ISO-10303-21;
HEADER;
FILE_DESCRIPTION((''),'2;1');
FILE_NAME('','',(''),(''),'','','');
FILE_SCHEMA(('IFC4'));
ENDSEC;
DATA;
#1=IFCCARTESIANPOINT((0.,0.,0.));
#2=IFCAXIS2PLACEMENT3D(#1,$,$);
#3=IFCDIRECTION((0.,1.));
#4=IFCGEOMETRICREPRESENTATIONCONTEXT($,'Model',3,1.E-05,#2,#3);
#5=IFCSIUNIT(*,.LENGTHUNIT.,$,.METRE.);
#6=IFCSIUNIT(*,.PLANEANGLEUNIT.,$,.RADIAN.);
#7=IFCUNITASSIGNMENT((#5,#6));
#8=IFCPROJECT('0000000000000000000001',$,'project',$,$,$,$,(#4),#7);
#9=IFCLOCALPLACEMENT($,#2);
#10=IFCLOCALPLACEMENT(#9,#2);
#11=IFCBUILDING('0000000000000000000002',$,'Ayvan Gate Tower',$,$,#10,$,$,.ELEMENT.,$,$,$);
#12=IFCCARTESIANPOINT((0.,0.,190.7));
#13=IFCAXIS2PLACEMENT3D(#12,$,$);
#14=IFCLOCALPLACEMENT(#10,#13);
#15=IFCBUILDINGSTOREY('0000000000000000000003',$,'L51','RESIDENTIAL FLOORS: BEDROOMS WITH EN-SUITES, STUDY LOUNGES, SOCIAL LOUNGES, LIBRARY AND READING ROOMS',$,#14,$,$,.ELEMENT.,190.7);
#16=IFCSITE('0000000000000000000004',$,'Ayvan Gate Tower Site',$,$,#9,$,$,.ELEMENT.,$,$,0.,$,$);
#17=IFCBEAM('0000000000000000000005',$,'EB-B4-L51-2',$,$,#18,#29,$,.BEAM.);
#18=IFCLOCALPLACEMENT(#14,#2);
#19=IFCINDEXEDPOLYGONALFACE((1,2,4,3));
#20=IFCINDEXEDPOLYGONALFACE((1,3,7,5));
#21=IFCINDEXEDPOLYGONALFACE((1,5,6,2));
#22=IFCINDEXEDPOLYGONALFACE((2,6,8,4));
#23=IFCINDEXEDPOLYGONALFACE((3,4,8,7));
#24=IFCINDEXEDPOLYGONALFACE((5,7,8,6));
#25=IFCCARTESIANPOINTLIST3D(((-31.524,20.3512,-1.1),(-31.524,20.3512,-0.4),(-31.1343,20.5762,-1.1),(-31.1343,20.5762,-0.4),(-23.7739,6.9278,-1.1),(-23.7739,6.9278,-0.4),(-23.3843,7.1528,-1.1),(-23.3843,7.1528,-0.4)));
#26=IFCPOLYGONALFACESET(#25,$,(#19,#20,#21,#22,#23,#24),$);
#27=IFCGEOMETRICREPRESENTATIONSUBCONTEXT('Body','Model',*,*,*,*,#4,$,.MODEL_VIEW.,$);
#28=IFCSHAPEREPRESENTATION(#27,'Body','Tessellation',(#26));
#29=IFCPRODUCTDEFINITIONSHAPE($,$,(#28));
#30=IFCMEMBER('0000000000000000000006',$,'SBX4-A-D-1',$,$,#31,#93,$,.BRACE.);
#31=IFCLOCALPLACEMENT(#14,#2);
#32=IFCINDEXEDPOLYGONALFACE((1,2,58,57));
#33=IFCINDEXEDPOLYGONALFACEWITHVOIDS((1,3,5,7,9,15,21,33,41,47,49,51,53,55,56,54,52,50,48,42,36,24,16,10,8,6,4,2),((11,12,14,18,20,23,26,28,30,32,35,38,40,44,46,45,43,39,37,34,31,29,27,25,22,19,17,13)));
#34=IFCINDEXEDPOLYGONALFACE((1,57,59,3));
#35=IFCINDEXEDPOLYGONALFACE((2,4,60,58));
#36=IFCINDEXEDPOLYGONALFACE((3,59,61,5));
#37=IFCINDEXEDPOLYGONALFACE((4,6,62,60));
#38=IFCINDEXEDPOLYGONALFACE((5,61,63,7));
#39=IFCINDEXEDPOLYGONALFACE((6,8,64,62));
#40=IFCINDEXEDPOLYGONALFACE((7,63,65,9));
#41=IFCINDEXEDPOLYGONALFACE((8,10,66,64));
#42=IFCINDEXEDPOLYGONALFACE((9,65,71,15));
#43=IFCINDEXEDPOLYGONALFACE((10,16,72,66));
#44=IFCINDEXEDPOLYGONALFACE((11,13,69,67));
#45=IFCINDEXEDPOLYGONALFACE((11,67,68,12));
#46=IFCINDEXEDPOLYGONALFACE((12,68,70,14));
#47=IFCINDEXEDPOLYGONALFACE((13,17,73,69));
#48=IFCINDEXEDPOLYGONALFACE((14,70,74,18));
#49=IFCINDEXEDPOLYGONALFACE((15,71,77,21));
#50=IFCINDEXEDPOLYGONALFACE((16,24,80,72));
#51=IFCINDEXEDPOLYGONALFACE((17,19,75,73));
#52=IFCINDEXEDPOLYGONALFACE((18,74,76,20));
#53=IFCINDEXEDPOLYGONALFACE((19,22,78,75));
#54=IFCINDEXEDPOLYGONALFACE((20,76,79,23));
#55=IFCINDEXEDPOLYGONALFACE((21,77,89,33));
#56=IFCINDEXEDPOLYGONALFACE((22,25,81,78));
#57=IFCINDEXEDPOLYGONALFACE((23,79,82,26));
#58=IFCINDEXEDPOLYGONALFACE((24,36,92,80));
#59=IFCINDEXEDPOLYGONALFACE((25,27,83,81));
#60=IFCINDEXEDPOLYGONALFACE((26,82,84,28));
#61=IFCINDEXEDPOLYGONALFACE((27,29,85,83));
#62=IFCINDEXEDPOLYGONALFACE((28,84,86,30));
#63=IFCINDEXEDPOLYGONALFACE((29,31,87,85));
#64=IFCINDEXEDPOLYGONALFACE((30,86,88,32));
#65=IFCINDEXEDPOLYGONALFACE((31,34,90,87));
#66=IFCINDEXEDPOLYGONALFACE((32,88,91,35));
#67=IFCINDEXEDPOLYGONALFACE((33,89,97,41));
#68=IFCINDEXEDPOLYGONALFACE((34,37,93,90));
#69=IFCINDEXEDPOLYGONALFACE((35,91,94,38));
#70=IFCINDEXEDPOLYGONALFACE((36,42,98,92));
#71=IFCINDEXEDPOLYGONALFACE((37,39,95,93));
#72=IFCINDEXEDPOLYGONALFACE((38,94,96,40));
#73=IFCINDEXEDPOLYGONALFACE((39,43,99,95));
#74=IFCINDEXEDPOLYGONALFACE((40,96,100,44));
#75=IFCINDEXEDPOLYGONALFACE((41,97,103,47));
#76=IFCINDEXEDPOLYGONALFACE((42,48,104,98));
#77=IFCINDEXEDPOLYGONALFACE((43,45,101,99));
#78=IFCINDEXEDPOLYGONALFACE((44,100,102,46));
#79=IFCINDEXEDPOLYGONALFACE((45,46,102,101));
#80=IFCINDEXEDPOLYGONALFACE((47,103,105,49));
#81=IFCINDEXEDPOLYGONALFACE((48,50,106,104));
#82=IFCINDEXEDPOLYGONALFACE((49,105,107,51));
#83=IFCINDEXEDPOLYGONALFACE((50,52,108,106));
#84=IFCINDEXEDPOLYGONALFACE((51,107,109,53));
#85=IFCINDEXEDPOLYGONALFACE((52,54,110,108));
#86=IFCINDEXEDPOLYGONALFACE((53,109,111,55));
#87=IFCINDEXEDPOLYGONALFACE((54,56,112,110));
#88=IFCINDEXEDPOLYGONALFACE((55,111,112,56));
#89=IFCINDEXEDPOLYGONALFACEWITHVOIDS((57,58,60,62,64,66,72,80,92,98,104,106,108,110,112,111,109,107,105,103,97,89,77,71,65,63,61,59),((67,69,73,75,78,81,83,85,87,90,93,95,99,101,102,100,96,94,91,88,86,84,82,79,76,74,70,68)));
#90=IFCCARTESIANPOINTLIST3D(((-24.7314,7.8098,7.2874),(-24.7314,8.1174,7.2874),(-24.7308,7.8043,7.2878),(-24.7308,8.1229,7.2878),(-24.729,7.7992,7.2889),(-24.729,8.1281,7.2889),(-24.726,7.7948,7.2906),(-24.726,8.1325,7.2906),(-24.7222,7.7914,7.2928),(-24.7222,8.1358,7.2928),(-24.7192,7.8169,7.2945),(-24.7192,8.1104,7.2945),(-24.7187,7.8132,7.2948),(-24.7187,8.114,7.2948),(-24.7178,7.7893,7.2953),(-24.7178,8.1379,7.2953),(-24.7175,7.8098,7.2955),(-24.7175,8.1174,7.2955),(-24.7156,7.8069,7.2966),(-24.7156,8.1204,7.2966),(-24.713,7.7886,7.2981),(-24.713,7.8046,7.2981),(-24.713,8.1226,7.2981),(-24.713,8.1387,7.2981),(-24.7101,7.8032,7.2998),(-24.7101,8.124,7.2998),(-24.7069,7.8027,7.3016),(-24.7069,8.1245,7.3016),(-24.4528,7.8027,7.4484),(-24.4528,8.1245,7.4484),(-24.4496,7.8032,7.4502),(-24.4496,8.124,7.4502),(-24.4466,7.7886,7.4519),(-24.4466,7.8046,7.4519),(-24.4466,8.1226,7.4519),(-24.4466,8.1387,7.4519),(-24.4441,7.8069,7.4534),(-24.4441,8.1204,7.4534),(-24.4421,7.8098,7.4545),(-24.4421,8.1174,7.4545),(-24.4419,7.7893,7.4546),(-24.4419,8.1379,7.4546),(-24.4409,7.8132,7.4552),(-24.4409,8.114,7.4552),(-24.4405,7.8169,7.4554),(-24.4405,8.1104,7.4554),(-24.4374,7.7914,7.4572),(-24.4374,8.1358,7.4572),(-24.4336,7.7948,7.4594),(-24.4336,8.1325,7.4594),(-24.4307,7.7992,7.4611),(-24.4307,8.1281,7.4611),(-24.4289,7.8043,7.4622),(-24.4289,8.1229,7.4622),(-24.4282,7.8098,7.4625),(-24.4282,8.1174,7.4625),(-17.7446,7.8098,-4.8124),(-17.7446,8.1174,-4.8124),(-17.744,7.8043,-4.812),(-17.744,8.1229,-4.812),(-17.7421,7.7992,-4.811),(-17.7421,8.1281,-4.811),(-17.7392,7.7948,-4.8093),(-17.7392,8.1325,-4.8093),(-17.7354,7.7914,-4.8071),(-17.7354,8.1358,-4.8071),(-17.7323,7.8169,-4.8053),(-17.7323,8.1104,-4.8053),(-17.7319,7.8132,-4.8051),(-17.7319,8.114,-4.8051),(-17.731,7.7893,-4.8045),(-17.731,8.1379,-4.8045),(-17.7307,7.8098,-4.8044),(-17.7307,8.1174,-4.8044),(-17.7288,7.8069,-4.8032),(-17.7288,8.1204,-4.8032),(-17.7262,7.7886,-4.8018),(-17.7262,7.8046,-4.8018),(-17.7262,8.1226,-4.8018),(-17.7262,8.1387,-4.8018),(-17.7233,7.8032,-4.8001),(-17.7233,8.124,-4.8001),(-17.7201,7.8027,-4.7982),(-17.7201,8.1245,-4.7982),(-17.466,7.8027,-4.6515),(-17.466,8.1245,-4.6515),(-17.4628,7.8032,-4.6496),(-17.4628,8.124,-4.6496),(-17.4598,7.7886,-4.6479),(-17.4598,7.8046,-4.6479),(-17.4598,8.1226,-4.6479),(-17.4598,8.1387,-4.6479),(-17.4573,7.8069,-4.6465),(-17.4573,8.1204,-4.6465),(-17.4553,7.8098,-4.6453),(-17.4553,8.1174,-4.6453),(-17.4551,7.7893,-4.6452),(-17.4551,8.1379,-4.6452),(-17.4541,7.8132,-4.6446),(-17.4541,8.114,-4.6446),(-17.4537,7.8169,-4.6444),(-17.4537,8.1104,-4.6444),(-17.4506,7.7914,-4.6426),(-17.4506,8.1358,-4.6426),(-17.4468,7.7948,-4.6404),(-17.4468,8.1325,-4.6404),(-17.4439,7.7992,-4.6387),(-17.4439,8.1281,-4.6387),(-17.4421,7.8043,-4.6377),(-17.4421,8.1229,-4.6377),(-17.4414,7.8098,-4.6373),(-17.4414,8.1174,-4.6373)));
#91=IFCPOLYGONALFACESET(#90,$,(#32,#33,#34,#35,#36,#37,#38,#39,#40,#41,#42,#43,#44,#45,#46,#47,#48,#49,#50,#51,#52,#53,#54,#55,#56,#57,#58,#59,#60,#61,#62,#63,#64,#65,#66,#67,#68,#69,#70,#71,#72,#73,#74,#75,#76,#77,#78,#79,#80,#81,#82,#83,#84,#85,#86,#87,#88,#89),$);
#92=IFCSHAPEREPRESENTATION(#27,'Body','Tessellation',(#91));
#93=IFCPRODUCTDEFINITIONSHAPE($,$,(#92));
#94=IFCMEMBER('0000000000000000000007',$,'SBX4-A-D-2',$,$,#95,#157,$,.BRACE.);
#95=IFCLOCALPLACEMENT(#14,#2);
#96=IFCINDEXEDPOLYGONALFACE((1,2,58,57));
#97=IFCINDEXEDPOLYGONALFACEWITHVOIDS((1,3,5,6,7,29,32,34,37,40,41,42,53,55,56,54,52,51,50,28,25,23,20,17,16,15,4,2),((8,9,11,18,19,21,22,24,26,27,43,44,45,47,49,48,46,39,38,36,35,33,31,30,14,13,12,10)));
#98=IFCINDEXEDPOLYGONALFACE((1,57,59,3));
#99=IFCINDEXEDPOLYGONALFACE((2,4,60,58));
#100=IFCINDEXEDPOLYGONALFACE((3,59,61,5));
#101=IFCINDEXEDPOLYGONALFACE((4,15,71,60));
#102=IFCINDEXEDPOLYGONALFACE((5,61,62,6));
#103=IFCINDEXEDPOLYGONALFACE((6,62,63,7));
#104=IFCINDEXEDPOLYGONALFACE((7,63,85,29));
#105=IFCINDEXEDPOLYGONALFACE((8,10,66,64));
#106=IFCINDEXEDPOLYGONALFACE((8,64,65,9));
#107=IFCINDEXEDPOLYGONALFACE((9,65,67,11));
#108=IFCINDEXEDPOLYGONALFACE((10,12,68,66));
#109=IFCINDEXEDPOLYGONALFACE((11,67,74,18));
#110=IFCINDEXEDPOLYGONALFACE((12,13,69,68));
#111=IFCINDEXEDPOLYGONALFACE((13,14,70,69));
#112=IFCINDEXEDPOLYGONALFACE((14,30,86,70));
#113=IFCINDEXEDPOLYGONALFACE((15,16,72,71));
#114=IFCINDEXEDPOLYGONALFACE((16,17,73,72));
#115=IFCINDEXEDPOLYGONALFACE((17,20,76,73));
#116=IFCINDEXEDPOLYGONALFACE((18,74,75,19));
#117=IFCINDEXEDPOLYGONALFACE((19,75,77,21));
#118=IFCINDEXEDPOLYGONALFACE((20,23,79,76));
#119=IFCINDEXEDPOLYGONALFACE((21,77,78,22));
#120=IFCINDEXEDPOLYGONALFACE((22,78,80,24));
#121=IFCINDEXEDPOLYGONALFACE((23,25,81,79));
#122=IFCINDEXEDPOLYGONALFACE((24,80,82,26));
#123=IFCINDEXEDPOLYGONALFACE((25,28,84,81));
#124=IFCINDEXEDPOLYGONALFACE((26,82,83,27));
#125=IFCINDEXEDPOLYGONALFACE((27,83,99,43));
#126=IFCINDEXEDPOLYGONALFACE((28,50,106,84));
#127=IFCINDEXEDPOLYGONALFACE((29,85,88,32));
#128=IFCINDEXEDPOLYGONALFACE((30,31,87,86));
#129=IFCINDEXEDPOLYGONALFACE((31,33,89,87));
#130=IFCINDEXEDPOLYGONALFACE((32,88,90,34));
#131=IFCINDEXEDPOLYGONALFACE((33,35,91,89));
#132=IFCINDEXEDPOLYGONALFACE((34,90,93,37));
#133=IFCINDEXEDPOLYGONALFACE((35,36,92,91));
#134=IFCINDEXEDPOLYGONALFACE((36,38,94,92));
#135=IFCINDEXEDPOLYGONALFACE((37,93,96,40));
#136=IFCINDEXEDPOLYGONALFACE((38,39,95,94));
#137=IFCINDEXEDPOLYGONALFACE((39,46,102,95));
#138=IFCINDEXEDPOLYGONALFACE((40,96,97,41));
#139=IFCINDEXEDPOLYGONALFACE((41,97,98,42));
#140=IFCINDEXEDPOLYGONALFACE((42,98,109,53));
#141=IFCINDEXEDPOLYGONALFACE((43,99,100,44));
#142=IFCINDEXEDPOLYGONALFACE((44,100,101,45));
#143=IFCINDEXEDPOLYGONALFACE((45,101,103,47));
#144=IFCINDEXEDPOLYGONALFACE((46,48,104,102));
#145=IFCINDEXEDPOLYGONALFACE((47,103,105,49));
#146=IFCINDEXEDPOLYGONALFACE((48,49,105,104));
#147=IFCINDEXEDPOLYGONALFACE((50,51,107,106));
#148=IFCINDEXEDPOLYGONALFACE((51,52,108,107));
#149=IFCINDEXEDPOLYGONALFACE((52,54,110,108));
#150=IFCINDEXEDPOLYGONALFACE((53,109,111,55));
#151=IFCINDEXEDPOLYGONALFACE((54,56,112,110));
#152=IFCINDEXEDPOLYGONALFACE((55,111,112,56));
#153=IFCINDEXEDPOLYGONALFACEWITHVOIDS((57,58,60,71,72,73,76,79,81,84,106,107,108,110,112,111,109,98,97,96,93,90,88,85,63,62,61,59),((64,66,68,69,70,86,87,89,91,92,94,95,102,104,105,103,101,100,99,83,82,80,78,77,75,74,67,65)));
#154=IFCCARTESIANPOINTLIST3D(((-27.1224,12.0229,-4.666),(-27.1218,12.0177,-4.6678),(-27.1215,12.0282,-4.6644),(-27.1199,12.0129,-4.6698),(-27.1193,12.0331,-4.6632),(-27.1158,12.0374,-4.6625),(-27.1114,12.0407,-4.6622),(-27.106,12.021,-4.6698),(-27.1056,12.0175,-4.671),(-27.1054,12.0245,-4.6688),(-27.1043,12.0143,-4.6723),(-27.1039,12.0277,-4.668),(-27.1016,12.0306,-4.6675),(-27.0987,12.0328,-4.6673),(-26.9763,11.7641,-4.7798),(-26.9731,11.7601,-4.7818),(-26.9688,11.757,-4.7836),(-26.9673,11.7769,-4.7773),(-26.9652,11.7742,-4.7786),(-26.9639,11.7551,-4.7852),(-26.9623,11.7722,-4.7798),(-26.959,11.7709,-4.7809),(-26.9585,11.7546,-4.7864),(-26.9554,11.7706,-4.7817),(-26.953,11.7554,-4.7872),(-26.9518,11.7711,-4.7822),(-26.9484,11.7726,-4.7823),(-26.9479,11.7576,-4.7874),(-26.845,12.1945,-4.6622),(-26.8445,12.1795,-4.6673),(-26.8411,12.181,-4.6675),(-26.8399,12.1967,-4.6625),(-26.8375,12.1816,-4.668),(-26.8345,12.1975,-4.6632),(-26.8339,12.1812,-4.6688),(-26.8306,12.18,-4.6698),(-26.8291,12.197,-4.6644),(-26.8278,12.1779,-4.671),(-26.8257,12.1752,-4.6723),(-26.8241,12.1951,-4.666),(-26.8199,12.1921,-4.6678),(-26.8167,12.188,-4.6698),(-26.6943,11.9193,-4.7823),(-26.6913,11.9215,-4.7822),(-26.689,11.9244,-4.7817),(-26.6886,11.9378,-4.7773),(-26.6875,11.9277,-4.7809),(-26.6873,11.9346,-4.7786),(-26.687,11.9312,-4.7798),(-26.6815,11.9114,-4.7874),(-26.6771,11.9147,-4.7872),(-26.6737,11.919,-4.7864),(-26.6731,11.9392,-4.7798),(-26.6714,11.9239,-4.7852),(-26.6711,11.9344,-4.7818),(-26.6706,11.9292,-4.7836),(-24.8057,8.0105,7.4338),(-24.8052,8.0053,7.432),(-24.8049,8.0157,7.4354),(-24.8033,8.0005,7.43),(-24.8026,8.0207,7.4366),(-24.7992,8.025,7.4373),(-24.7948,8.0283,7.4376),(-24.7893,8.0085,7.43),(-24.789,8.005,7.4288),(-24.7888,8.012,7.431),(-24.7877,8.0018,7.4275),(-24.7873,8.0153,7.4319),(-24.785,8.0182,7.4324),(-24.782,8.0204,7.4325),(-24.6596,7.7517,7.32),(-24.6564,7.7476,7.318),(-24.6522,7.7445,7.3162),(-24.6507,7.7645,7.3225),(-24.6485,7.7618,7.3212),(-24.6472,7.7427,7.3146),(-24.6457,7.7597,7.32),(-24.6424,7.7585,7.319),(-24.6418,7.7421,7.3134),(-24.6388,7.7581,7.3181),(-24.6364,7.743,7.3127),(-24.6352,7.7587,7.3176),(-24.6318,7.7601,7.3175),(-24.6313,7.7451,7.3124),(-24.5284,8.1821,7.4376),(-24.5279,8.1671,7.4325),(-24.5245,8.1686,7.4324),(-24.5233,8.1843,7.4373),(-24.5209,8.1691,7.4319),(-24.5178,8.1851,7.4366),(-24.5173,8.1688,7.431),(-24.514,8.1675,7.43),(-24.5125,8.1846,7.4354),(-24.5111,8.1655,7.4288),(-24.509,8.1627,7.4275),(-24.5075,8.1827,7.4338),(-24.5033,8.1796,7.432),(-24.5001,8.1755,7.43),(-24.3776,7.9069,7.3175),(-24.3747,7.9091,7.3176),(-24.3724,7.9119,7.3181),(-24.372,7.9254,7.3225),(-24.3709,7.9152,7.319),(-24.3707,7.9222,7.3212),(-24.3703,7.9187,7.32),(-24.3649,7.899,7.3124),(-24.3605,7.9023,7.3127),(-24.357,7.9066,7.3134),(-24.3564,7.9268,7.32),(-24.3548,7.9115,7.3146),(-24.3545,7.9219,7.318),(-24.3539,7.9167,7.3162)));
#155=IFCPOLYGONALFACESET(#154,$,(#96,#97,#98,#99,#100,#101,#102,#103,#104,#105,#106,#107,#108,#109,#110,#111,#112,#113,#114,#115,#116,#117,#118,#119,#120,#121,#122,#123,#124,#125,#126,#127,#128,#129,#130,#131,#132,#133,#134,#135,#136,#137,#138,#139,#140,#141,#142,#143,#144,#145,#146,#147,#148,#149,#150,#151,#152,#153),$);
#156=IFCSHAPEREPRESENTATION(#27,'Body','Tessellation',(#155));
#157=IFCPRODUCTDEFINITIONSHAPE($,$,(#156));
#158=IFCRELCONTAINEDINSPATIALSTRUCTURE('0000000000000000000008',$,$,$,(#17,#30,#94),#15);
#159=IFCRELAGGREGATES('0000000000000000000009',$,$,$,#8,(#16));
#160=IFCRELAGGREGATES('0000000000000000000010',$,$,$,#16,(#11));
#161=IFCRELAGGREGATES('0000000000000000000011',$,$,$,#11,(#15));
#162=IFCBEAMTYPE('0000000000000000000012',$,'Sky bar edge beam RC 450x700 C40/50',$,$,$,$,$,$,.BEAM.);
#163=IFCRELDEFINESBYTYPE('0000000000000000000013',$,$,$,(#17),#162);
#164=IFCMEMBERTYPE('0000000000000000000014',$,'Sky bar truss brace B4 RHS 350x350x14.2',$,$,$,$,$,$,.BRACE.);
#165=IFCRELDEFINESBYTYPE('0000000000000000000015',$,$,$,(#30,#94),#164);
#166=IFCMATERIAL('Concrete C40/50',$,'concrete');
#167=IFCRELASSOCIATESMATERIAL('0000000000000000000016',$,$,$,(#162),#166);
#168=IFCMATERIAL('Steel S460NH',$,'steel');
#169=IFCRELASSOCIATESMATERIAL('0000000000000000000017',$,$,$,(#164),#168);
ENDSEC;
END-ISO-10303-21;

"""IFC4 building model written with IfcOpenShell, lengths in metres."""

from ifc_helpers import new_model, si_unit, direction, frame, origin, origin_2d, place, context, subcontext, project, spatial, rectangle, hollow_rectangle, extrude, material, material_profile, profile_set, type_object, element, save


model = new_model("IFC4")

# Units and contexts
model_context = context("Model", 3, precision=1e-05, world=origin(), true_north=direction((0.0, 1.0)))
body_context = subcontext(model_context, "Body", "Model", "MODEL_VIEW")
ifc_project = project(units=[si_unit("LENGTHUNIT", "METRE"), si_unit("PLANEANGLEUNIT", "RADIAN")], contexts=[model_context])

# Site, building, storey
site_placement = place(None, origin())
site = spatial("IfcSite", under=ifc_project, at=site_placement, Name="Ayvan Gate Tower Site", CompositionType="ELEMENT", RefElevation=0.0)
building_placement = place(site_placement, origin())
building = spatial("IfcBuilding", under=site, at=building_placement, Name="Ayvan Gate Tower", CompositionType="ELEMENT")
storey_placement = place(building_placement, frame((0.0, 0.0, 190.7)))
storey = spatial("IfcBuildingStorey", under=building, at=storey_placement, Name="L51", Description="RESIDENTIAL FLOORS: BEDROOMS WITH EN-SUITES, STUDY LOUNGES, SOCIAL LOUNGES, LIBRARY AND READING ROOMS", CompositionType="ELEMENT", Elevation=190.7)

# Beam
ifc_material_1 = material(Name="Concrete C40/50", Category="concrete")
ifc_material_profile_1 = material_profile(ifc_material_1, rectangle(XDim=0.45, YDim=0.7, at=origin_2d()), Name="RC 450x700")
ifc_profile_set_1 = profile_set([ifc_material_profile_1], Name="Concrete C40/50")
beam_type_1 = type_object("IfcBeamType", Name="Sky bar edge beam RC 450x700 C40/50", PredefinedType="BEAM", material=ifc_profile_set_1)
beam_1_placement = place(storey_placement, frame((-23.5791, 7.0403, -0.75), z_axis=(-0.500002, 0.866025, 0.0), x_axis=(-0.866025, -0.500002, 0.0)))
element("IfcBeam", 1, at=beam_1_placement, inside=storey, type_object=beam_type_1, Name="EB-B4-L51-2", PredefinedType="BEAM", context=body_context, shape_type="SweptSolid", body=[
    extrude(rectangle(XDim=0.45, YDim=0.7, at=origin_2d()), origin(), (0.0, 0.0, 1.0), 15.5),
])

# Members
ifc_material_2 = material(Name="Steel S460NH", Category="steel")
ifc_material_profile_2 = material_profile(ifc_material_2, hollow_rectangle(XDim=0.3501, YDim=0.3501, WallThickness=0.0142, InnerFilletRadius=0.0142, OuterFilletRadius=0.0212, at=origin_2d()), Name="RHS 350x350x14.2")
ifc_profile_set_2 = profile_set([ifc_material_profile_2], Name="Steel S460NH")
member_type_1 = type_object("IfcMemberType", Name="Sky bar truss brace B4 RHS 350x350x14.2", PredefinedType="BRACE", material=ifc_profile_set_2)
member_1_placement = place(storey_placement, frame((-17.593, 7.9636, -4.7249), z_axis=(-0.500052, 0.0, 0.865996), x_axis=(0.0, -1.0, 0.0)))
element("IfcMember", 2, at=member_1_placement, inside=storey, type_object=member_type_1, Name="SBX4-A-D-1", PredefinedType="BRACE", context=body_context, shape_type="SweptSolid", body=[
    extrude(hollow_rectangle(XDim=0.3501, YDim=0.3501, WallThickness=0.0142, InnerFilletRadius=0.0142, OuterFilletRadius=0.0212, at=origin_2d()), origin(), (0.0, 0.0, 1.0), 13.9722),
])
for number, where, z_axis, x_axis, name in (
    (3, (-24.5798, 7.9636, 7.375), (-0.178801, 0.309684, -0.933877), (-0.86602, -0.50001, 0.0), "SBX4-A-D-2"),
):
    element("IfcMember", number, at=place(storey_placement, frame(where, z_axis=z_axis, x_axis=x_axis)), inside=storey, type_object=member_type_1, Name=name, PredefinedType="BRACE", context=body_context, shape_type="SweptSolid", body=[
        extrude(hollow_rectangle(XDim=0.3501, YDim=0.3501, WallThickness=0.0142, InnerFilletRadius=0.0142, OuterFilletRadius=0.0212, at=origin_2d()), origin(), (0.0, 0.0, 1.0), 12.9565),
    ])

save(model, "model.ifc")
